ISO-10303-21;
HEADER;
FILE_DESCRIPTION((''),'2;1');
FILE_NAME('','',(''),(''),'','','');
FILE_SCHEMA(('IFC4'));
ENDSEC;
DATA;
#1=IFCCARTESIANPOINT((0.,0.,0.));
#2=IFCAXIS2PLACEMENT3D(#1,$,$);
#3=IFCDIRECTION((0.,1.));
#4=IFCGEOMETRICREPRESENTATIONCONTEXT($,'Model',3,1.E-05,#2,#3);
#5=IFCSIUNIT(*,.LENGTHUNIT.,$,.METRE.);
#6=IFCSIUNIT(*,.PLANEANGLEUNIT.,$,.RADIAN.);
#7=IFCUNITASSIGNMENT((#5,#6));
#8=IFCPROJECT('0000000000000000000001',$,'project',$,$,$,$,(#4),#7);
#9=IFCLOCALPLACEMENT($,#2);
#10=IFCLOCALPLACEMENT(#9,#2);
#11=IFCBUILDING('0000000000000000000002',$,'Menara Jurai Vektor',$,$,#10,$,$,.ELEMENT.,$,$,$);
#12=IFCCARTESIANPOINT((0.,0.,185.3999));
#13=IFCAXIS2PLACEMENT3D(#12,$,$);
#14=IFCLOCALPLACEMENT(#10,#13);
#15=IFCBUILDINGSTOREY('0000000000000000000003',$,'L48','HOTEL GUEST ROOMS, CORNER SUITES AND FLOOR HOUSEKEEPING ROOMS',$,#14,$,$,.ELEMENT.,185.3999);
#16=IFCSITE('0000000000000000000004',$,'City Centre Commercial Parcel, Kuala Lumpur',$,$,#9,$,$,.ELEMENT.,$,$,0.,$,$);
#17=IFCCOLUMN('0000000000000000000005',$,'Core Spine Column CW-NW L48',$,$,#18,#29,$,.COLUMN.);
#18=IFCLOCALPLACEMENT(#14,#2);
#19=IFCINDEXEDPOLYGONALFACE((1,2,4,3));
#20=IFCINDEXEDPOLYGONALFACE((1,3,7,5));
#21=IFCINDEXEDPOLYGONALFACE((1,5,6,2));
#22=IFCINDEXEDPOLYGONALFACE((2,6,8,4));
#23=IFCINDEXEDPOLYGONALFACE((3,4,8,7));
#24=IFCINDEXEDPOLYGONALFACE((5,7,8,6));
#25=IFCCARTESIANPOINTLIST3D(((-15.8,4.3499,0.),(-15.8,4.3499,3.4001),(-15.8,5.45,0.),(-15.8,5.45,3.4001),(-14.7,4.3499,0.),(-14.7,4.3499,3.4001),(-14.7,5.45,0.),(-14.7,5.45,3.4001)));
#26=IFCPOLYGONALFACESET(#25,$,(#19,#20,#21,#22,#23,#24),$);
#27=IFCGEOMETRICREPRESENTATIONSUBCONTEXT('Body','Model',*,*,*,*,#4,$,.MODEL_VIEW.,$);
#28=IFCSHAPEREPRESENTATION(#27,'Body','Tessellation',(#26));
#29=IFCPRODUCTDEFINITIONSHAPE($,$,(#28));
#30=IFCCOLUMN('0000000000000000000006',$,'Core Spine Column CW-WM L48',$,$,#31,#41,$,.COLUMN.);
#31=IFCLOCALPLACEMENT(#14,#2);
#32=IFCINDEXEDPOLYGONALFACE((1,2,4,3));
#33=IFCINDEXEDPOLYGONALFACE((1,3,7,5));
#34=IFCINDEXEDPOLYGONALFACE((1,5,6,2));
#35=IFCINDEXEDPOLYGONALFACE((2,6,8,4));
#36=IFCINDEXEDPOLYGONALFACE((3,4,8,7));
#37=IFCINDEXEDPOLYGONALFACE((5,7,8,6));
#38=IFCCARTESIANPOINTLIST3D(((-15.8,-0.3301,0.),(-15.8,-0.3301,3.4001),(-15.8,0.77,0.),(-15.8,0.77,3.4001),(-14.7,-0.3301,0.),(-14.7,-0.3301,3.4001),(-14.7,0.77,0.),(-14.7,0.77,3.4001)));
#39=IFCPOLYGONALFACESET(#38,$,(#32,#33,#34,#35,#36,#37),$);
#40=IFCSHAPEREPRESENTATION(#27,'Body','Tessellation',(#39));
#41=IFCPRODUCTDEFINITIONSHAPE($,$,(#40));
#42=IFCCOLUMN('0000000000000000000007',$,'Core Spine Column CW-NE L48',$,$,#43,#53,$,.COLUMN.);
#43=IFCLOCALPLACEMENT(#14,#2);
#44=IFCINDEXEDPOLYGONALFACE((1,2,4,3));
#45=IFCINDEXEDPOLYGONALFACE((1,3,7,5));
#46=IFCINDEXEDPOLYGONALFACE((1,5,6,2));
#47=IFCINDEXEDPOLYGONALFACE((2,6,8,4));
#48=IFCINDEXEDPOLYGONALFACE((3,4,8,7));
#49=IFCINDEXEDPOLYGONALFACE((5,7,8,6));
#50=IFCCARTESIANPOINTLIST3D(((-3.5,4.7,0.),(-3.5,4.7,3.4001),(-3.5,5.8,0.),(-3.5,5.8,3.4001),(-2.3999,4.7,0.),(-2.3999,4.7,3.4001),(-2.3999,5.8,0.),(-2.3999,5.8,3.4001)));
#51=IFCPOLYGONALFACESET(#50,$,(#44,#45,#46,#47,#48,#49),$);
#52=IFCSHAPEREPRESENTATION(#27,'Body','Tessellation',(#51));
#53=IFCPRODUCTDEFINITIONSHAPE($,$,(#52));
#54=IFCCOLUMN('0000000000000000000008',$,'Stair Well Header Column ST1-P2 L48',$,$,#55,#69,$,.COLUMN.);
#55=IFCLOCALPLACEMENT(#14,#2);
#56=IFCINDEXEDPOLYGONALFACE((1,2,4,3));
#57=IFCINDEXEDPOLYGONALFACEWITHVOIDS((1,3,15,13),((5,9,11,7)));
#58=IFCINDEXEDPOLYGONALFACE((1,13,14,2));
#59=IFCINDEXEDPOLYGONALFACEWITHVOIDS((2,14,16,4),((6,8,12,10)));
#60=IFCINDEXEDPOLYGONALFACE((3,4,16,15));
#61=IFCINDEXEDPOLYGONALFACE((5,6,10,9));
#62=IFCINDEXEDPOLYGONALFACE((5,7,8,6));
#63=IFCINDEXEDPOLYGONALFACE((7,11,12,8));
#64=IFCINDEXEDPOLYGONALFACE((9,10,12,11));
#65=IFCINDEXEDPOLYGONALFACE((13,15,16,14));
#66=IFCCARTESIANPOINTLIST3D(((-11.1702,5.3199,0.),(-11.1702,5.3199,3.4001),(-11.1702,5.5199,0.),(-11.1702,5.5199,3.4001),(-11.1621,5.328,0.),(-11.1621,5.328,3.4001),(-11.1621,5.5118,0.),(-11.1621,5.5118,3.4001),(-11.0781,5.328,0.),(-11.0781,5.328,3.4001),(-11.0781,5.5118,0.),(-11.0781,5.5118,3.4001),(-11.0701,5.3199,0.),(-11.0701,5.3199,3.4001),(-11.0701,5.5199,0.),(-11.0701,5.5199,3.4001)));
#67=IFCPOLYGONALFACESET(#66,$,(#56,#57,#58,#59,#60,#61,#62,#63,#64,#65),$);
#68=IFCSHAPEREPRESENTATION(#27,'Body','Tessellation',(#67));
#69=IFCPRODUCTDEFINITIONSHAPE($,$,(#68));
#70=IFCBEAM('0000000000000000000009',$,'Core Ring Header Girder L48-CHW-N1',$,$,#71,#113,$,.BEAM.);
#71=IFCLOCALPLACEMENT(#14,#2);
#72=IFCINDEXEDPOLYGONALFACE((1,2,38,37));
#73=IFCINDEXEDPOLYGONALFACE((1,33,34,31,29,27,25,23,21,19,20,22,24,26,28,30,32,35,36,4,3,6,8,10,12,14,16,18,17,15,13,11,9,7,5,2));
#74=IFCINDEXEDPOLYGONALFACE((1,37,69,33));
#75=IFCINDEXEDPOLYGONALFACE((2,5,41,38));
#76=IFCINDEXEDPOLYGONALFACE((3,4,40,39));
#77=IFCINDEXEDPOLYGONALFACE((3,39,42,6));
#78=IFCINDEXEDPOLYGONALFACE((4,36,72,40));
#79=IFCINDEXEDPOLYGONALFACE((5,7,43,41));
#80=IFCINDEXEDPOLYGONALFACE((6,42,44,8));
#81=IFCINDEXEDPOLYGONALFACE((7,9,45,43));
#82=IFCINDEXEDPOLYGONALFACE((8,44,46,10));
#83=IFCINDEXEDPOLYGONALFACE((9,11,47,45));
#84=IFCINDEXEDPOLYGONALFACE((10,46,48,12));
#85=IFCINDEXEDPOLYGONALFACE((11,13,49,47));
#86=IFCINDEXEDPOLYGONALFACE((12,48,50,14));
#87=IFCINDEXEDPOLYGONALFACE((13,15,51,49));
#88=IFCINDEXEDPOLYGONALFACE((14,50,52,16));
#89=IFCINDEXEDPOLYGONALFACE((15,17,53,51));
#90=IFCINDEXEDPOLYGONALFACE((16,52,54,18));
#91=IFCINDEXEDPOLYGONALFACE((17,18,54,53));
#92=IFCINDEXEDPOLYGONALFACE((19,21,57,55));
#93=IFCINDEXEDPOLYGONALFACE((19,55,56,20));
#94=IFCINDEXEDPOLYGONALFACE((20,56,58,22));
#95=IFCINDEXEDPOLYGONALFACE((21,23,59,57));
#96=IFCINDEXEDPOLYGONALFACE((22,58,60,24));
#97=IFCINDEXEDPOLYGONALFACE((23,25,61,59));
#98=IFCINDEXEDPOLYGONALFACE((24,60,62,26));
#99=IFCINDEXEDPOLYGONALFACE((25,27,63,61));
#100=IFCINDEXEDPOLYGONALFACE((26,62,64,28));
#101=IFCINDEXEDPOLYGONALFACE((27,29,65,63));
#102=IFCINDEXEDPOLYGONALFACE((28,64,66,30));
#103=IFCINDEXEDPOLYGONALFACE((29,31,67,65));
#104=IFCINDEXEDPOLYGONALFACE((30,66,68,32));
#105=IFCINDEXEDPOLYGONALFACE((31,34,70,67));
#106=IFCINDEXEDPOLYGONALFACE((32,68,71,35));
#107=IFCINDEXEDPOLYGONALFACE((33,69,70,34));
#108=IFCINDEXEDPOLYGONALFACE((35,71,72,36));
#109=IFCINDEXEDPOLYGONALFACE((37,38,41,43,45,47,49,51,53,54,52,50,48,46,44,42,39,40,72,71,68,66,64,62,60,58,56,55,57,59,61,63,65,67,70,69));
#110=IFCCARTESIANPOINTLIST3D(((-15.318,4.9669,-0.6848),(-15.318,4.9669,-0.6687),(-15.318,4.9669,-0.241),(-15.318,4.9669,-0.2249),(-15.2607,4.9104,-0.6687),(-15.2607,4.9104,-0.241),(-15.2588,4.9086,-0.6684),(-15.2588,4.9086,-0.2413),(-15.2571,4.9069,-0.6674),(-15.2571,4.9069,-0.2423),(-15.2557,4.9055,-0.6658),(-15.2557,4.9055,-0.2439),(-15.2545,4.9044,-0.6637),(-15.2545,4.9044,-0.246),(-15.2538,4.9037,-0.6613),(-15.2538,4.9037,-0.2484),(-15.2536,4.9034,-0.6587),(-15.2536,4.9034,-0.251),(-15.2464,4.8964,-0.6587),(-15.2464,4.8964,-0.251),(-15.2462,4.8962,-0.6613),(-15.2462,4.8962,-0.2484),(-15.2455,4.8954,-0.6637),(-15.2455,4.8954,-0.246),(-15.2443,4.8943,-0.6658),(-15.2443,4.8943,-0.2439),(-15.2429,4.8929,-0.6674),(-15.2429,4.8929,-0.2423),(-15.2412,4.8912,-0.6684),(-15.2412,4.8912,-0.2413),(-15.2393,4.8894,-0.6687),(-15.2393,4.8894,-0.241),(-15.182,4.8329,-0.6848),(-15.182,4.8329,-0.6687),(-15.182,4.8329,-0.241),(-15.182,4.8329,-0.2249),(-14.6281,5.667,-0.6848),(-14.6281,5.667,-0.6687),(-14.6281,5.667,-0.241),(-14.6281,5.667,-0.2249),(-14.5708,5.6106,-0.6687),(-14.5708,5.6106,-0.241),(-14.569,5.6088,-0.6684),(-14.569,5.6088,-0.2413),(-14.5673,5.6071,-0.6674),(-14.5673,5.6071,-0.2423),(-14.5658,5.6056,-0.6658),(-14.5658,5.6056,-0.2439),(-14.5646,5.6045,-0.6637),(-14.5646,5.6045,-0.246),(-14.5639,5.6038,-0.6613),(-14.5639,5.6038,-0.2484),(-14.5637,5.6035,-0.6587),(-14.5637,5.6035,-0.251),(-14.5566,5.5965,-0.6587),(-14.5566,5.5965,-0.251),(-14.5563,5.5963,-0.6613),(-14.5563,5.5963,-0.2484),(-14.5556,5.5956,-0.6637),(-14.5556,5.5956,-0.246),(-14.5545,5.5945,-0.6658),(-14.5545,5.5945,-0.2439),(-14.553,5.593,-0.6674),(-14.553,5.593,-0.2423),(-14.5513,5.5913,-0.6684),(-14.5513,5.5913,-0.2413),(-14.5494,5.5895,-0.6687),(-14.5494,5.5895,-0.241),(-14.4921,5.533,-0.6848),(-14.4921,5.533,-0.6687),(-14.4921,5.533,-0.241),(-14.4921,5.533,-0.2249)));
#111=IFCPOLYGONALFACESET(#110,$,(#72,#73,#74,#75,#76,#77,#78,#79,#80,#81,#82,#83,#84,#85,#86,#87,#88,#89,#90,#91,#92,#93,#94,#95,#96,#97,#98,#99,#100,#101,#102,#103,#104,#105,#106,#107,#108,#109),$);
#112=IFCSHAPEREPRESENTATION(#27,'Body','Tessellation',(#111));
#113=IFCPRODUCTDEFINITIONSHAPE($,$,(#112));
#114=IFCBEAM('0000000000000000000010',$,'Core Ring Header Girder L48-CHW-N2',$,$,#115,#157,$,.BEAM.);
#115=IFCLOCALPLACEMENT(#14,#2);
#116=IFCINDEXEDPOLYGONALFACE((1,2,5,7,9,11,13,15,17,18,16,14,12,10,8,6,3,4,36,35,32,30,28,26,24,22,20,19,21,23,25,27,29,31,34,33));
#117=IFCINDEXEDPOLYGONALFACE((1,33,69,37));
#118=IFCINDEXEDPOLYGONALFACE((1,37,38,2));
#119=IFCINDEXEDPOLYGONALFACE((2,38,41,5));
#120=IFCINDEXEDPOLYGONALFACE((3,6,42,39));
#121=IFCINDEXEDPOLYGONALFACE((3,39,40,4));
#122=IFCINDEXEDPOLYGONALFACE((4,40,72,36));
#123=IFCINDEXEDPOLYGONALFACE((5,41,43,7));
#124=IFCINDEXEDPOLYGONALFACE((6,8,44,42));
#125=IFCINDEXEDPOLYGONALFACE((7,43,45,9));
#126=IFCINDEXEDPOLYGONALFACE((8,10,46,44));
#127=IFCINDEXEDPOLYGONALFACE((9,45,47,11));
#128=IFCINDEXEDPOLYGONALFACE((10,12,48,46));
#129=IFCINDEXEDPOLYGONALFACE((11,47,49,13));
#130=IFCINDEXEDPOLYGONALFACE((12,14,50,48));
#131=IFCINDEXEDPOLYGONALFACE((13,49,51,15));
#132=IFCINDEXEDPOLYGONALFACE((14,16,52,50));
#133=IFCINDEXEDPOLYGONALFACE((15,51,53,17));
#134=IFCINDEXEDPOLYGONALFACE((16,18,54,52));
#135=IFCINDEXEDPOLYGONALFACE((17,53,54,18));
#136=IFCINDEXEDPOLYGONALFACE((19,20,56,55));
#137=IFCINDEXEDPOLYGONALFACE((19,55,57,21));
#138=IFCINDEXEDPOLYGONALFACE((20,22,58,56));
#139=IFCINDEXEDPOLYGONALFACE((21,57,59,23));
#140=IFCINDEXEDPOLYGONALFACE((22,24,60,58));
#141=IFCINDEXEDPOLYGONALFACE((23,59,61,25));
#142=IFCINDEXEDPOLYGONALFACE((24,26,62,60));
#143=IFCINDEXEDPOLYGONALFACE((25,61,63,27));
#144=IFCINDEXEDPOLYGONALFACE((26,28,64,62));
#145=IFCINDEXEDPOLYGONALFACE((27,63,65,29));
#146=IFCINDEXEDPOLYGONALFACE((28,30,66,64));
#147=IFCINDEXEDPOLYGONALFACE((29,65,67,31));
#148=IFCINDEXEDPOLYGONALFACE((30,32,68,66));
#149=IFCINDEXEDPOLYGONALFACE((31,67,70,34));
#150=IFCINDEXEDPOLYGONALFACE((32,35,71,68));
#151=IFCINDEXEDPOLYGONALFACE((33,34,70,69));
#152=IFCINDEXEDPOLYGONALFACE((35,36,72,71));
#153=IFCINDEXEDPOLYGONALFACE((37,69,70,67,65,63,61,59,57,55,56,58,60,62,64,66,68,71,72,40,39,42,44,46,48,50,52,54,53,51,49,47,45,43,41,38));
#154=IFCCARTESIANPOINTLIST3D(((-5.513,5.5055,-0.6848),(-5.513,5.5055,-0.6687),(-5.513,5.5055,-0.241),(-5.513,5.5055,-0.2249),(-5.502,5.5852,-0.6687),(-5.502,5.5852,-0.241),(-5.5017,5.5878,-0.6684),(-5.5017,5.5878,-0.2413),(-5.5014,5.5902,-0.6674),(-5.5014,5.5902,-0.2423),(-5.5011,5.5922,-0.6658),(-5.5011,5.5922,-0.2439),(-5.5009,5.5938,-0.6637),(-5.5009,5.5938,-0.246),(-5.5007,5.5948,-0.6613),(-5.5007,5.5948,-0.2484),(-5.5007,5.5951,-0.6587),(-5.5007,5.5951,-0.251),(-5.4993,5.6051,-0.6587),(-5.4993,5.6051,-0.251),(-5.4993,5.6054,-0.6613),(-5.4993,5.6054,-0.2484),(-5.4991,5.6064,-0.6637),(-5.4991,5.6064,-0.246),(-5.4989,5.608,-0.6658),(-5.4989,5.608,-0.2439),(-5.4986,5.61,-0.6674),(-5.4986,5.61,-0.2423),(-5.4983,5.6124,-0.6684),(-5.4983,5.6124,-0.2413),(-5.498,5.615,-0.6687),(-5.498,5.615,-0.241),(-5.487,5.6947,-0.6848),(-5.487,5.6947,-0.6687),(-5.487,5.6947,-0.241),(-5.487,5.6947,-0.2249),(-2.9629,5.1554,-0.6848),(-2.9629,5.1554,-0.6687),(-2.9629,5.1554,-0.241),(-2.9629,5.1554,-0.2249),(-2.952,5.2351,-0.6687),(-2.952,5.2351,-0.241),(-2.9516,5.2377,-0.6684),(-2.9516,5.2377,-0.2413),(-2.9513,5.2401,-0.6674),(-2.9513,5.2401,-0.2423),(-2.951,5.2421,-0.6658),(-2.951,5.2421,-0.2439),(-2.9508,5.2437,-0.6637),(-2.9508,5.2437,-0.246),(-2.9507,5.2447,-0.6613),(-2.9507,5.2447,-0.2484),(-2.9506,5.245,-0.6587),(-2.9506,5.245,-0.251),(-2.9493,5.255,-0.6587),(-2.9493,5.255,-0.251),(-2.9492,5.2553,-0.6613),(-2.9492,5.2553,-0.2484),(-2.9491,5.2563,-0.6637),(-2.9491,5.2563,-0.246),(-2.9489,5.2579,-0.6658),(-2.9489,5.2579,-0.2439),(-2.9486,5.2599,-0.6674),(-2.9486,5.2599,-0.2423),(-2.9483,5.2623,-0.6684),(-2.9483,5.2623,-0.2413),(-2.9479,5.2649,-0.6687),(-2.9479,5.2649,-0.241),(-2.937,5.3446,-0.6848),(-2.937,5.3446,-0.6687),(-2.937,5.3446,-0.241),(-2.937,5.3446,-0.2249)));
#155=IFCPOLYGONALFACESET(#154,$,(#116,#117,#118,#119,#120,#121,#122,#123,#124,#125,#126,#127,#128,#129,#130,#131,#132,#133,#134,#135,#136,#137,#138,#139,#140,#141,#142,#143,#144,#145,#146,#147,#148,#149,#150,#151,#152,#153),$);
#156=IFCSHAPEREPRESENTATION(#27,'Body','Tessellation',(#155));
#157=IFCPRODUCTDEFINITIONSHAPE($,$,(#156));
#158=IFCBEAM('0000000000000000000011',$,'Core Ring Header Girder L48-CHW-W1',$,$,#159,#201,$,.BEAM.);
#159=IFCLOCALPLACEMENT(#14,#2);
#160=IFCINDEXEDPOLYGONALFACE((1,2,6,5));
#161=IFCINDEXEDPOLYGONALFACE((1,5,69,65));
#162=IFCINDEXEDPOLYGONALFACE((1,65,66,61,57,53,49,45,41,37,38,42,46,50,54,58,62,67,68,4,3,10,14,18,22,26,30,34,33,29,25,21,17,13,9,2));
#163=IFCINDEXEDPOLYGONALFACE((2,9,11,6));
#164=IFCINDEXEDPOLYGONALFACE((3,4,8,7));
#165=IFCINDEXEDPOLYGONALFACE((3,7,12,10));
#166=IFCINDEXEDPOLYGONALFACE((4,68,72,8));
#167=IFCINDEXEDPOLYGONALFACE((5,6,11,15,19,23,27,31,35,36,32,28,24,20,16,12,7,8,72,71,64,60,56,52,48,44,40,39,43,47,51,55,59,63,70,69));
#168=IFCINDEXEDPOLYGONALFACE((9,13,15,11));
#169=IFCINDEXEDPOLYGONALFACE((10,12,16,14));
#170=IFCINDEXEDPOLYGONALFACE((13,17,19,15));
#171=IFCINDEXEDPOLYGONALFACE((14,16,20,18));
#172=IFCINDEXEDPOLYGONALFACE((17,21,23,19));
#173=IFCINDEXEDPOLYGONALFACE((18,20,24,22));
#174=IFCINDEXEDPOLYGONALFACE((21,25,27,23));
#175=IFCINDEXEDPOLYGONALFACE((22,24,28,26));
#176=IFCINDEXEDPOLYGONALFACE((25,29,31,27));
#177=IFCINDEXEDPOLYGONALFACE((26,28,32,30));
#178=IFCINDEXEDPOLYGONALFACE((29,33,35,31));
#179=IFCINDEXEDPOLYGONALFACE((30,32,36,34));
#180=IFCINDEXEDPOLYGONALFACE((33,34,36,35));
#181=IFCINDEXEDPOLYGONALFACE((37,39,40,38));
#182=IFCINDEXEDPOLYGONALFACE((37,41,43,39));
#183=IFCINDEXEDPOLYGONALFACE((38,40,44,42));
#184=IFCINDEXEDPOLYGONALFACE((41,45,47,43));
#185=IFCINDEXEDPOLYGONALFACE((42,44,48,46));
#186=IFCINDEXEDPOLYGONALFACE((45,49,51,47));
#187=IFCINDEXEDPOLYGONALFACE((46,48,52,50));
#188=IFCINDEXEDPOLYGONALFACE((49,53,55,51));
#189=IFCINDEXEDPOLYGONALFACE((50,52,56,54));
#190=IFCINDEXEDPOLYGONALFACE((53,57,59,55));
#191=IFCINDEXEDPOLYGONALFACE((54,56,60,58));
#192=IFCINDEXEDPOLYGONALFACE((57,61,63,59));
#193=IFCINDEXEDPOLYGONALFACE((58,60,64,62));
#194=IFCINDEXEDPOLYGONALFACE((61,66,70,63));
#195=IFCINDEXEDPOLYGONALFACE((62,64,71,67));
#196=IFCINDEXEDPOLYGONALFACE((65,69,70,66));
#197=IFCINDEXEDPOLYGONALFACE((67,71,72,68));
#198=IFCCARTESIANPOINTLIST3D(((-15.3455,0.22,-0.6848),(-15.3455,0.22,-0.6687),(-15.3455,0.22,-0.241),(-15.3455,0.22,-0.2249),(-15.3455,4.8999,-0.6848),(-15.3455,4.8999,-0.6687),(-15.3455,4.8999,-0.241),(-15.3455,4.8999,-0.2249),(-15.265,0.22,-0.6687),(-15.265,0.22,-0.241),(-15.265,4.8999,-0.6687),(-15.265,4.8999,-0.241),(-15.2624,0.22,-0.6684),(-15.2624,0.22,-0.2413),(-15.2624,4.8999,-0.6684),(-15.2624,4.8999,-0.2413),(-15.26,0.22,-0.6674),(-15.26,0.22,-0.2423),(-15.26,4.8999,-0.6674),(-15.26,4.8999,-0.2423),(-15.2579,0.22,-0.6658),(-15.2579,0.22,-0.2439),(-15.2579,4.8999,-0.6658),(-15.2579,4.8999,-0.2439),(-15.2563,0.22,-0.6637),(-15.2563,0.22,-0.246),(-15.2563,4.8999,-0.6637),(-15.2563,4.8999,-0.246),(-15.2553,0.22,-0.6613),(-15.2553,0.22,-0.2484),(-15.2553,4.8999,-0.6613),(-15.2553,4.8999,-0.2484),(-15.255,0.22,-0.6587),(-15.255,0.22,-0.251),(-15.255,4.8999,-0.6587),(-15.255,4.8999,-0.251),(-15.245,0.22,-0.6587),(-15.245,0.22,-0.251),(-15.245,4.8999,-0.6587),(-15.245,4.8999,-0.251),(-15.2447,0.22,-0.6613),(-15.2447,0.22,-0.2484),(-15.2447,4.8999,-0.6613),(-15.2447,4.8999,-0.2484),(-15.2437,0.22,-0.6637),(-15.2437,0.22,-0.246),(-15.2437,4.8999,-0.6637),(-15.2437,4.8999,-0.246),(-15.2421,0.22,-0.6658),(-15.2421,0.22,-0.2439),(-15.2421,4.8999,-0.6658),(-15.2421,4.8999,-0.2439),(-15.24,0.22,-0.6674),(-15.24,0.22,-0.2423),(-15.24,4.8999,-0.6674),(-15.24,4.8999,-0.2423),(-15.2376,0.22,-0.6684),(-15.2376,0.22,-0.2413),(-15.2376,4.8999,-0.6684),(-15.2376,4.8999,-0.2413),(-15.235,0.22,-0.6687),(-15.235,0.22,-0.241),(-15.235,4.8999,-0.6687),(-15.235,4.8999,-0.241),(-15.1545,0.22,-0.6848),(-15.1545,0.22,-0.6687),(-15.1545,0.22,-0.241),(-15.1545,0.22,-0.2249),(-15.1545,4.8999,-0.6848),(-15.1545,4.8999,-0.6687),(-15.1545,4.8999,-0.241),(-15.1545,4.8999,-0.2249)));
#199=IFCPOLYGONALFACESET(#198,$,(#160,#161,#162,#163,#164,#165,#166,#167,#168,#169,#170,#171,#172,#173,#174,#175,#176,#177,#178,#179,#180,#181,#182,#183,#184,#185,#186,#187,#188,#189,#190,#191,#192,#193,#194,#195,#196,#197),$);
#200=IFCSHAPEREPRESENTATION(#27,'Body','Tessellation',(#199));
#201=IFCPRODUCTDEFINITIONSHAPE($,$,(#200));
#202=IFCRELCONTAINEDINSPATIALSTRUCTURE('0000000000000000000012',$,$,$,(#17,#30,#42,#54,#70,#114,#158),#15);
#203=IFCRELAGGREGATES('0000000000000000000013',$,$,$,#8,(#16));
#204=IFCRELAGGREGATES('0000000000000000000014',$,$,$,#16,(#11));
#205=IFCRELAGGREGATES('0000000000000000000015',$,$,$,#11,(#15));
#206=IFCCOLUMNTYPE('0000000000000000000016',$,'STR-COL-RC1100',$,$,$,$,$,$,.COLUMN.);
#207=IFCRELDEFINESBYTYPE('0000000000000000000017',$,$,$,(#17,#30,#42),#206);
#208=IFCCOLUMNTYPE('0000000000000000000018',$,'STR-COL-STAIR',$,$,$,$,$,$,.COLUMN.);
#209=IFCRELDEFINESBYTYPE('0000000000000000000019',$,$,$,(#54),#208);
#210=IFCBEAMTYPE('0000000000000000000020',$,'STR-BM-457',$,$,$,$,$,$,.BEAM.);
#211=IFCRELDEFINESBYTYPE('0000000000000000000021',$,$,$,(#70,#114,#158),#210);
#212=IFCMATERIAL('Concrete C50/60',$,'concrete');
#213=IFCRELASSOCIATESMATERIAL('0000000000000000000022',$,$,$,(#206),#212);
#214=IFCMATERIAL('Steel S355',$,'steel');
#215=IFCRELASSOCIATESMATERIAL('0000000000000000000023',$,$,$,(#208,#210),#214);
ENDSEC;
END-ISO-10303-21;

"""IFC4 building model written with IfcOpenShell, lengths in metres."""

from ifc_helpers import new_model, si_unit, direction, frame, origin, origin_2d, place, context, subcontext, project, spatial, rectangle, hollow_rectangle, i_section, extrude, material, material_profile, profile_set, type_object, element, save


model = new_model("IFC4")

# Units and contexts
model_context = context("Model", 3, precision=1e-05, world=origin(), true_north=direction((0.0, 1.0)))
body_context = subcontext(model_context, "Body", "Model", "MODEL_VIEW")
ifc_project = project(units=[si_unit("LENGTHUNIT", "METRE"), si_unit("PLANEANGLEUNIT", "RADIAN")], contexts=[model_context])

# Site, building, storey
site_placement = place(None, origin())
site = spatial("IfcSite", under=ifc_project, at=site_placement, Name="City Centre Commercial Parcel, Kuala Lumpur", CompositionType="ELEMENT", RefElevation=0.0)
building_placement = place(site_placement, origin())
building = spatial("IfcBuilding", under=site, at=building_placement, Name="Menara Jurai Vektor", CompositionType="ELEMENT")
storey_placement = place(building_placement, frame((0.0, 0.0, 185.3999)))
storey = spatial("IfcBuildingStorey", under=building, at=storey_placement, Name="L48", Description="HOTEL GUEST ROOMS, CORNER SUITES AND FLOOR HOUSEKEEPING ROOMS", CompositionType="ELEMENT", Elevation=185.3999)

# Columns
ifc_material_1 = material(Name="Concrete C50/60", Category="concrete")
ifc_material_profile_1 = material_profile(ifc_material_1, rectangle(XDim=1.1001, YDim=1.1001, at=origin_2d()), Name="RC 1100x1100")
ifc_profile_set_1 = profile_set([ifc_material_profile_1], Name="Concrete C50/60")
column_type_1 = type_object("IfcColumnType", Name="STR-COL-RC1100", PredefinedType="COLUMN", material=ifc_profile_set_1)
for number, where, z_axis, x_axis, name in (
    (1, (-15.25, 4.8999, 0.0), (0.0, 0.0, 1.0), (1.0, 0.0, 0.0), "Core Spine Column CW-NW L48"),
    (2, (-15.25, 0.22, 0.0), (0.0, 0.0, 1.0), (1.0, 0.0, 0.0), "Core Spine Column CW-WM L48"),
    (3, (-2.95, 5.25, 0.0), (0.0, 0.0, 1.0), (1.0, 0.0, 0.0), "Core Spine Column CW-NE L48"),
):
    element("IfcColumn", number, at=place(storey_placement, frame(where, z_axis=z_axis, x_axis=x_axis)), inside=storey, type_object=column_type_1, Name=name, PredefinedType="COLUMN", context=body_context, shape_type="SweptSolid", body=[
        extrude(rectangle(XDim=1.1001, YDim=1.1001, at=origin_2d()), origin(), (0.0, 0.0, 1.0), 3.4001),
    ])
ifc_material_2 = material(Name="Steel S355", Category="steel")
ifc_material_profile_2 = material_profile(ifc_material_2, hollow_rectangle(XDim=0.1001, YDim=0.2, WallThickness=0.0081, at=origin_2d()), Name="RHS 200x100x8")
ifc_profile_set_2 = profile_set([ifc_material_profile_2], Name="Steel S355")
column_type_2 = type_object("IfcColumnType", Name="STR-COL-STAIR", PredefinedType="COLUMN", material=ifc_profile_set_2)
column_placement = place(storey_placement, frame((-11.1201, 5.4199, 0.0), z_axis=(0.0, 0.0, 1.0), x_axis=(1.0, 0.0, 0.0)))
element("IfcColumn", 4, at=column_placement, inside=storey, type_object=column_type_2, Name="Stair Well Header Column ST1-P2 L48", PredefinedType="COLUMN", context=body_context, shape_type="SweptSolid", body=[
    extrude(hollow_rectangle(XDim=0.1001, YDim=0.2, WallThickness=0.0081, at=origin_2d()), origin(), (0.0, 0.0, 1.0), 3.4001),
])

# Beams
ifc_material_profile_3 = material_profile(ifc_material_2, i_section(OverallWidth=0.1909, OverallDepth=0.46, WebThickness=0.01, FlangeThickness=0.0161, FilletRadius=0.01, at=origin_2d()), Name="UKB 457x191x82")
ifc_profile_set_3 = profile_set([ifc_material_profile_3], Name="Steel S355")
beam_type_1 = type_object("IfcBeamType", Name="STR-BM-457", PredefinedType="BEAM", material=ifc_profile_set_3)
beam_1_placement = place(storey_placement, frame((-15.25, 4.8999, -0.4548), z_axis=(0.701872, 0.712303, 0.0), x_axis=(-0.712303, 0.701872, 0.0)))
element("IfcBeam", 5, at=beam_1_placement, inside=storey, type_object=beam_type_1, Name="Core Ring Header Girder L48-CHW-N1", PredefinedType="BEAM", context=body_context, shape_type="SweptSolid", body=[
    extrude(i_section(OverallWidth=0.1909, OverallDepth=0.46, WebThickness=0.01, FlangeThickness=0.0161, FilletRadius=0.01, at=origin_2d()), origin(), (0.0, 0.0, 1.0), 0.9829),
])
beam_2_placement = place(storey_placement, frame((-5.5, 5.6001, -0.4548), z_axis=(0.990707, -0.136015, 0.0), x_axis=(0.136015, 0.990707, 0.0)))
element("IfcBeam", 6, at=beam_2_placement, inside=storey, type_object=beam_type_1, Name="Core Ring Header Girder L48-CHW-N2", PredefinedType="BEAM", context=body_context, shape_type="SweptSolid", body=[
    extrude(i_section(OverallWidth=0.1909, OverallDepth=0.46, WebThickness=0.01, FlangeThickness=0.0161, FilletRadius=0.01, at=origin_2d()), origin(), (0.0, 0.0, 1.0), 2.574),
])
beam_3_placement = place(storey_placement, frame((-15.25, 0.22, -0.4548), z_axis=(0.0, 1.0, 0.0), x_axis=(-1.0, 0.0, 0.0)))
element("IfcBeam", 7, at=beam_3_placement, inside=storey, type_object=beam_type_1, Name="Core Ring Header Girder L48-CHW-W1", PredefinedType="BEAM", context=body_context, shape_type="SweptSolid", body=[
    extrude(i_section(OverallWidth=0.1909, OverallDepth=0.46, WebThickness=0.01, FlangeThickness=0.0161, FilletRadius=0.01, at=origin_2d()), origin(), (0.0, 0.0, 1.0), 4.6799),
])

save(model, "model.ifc")
